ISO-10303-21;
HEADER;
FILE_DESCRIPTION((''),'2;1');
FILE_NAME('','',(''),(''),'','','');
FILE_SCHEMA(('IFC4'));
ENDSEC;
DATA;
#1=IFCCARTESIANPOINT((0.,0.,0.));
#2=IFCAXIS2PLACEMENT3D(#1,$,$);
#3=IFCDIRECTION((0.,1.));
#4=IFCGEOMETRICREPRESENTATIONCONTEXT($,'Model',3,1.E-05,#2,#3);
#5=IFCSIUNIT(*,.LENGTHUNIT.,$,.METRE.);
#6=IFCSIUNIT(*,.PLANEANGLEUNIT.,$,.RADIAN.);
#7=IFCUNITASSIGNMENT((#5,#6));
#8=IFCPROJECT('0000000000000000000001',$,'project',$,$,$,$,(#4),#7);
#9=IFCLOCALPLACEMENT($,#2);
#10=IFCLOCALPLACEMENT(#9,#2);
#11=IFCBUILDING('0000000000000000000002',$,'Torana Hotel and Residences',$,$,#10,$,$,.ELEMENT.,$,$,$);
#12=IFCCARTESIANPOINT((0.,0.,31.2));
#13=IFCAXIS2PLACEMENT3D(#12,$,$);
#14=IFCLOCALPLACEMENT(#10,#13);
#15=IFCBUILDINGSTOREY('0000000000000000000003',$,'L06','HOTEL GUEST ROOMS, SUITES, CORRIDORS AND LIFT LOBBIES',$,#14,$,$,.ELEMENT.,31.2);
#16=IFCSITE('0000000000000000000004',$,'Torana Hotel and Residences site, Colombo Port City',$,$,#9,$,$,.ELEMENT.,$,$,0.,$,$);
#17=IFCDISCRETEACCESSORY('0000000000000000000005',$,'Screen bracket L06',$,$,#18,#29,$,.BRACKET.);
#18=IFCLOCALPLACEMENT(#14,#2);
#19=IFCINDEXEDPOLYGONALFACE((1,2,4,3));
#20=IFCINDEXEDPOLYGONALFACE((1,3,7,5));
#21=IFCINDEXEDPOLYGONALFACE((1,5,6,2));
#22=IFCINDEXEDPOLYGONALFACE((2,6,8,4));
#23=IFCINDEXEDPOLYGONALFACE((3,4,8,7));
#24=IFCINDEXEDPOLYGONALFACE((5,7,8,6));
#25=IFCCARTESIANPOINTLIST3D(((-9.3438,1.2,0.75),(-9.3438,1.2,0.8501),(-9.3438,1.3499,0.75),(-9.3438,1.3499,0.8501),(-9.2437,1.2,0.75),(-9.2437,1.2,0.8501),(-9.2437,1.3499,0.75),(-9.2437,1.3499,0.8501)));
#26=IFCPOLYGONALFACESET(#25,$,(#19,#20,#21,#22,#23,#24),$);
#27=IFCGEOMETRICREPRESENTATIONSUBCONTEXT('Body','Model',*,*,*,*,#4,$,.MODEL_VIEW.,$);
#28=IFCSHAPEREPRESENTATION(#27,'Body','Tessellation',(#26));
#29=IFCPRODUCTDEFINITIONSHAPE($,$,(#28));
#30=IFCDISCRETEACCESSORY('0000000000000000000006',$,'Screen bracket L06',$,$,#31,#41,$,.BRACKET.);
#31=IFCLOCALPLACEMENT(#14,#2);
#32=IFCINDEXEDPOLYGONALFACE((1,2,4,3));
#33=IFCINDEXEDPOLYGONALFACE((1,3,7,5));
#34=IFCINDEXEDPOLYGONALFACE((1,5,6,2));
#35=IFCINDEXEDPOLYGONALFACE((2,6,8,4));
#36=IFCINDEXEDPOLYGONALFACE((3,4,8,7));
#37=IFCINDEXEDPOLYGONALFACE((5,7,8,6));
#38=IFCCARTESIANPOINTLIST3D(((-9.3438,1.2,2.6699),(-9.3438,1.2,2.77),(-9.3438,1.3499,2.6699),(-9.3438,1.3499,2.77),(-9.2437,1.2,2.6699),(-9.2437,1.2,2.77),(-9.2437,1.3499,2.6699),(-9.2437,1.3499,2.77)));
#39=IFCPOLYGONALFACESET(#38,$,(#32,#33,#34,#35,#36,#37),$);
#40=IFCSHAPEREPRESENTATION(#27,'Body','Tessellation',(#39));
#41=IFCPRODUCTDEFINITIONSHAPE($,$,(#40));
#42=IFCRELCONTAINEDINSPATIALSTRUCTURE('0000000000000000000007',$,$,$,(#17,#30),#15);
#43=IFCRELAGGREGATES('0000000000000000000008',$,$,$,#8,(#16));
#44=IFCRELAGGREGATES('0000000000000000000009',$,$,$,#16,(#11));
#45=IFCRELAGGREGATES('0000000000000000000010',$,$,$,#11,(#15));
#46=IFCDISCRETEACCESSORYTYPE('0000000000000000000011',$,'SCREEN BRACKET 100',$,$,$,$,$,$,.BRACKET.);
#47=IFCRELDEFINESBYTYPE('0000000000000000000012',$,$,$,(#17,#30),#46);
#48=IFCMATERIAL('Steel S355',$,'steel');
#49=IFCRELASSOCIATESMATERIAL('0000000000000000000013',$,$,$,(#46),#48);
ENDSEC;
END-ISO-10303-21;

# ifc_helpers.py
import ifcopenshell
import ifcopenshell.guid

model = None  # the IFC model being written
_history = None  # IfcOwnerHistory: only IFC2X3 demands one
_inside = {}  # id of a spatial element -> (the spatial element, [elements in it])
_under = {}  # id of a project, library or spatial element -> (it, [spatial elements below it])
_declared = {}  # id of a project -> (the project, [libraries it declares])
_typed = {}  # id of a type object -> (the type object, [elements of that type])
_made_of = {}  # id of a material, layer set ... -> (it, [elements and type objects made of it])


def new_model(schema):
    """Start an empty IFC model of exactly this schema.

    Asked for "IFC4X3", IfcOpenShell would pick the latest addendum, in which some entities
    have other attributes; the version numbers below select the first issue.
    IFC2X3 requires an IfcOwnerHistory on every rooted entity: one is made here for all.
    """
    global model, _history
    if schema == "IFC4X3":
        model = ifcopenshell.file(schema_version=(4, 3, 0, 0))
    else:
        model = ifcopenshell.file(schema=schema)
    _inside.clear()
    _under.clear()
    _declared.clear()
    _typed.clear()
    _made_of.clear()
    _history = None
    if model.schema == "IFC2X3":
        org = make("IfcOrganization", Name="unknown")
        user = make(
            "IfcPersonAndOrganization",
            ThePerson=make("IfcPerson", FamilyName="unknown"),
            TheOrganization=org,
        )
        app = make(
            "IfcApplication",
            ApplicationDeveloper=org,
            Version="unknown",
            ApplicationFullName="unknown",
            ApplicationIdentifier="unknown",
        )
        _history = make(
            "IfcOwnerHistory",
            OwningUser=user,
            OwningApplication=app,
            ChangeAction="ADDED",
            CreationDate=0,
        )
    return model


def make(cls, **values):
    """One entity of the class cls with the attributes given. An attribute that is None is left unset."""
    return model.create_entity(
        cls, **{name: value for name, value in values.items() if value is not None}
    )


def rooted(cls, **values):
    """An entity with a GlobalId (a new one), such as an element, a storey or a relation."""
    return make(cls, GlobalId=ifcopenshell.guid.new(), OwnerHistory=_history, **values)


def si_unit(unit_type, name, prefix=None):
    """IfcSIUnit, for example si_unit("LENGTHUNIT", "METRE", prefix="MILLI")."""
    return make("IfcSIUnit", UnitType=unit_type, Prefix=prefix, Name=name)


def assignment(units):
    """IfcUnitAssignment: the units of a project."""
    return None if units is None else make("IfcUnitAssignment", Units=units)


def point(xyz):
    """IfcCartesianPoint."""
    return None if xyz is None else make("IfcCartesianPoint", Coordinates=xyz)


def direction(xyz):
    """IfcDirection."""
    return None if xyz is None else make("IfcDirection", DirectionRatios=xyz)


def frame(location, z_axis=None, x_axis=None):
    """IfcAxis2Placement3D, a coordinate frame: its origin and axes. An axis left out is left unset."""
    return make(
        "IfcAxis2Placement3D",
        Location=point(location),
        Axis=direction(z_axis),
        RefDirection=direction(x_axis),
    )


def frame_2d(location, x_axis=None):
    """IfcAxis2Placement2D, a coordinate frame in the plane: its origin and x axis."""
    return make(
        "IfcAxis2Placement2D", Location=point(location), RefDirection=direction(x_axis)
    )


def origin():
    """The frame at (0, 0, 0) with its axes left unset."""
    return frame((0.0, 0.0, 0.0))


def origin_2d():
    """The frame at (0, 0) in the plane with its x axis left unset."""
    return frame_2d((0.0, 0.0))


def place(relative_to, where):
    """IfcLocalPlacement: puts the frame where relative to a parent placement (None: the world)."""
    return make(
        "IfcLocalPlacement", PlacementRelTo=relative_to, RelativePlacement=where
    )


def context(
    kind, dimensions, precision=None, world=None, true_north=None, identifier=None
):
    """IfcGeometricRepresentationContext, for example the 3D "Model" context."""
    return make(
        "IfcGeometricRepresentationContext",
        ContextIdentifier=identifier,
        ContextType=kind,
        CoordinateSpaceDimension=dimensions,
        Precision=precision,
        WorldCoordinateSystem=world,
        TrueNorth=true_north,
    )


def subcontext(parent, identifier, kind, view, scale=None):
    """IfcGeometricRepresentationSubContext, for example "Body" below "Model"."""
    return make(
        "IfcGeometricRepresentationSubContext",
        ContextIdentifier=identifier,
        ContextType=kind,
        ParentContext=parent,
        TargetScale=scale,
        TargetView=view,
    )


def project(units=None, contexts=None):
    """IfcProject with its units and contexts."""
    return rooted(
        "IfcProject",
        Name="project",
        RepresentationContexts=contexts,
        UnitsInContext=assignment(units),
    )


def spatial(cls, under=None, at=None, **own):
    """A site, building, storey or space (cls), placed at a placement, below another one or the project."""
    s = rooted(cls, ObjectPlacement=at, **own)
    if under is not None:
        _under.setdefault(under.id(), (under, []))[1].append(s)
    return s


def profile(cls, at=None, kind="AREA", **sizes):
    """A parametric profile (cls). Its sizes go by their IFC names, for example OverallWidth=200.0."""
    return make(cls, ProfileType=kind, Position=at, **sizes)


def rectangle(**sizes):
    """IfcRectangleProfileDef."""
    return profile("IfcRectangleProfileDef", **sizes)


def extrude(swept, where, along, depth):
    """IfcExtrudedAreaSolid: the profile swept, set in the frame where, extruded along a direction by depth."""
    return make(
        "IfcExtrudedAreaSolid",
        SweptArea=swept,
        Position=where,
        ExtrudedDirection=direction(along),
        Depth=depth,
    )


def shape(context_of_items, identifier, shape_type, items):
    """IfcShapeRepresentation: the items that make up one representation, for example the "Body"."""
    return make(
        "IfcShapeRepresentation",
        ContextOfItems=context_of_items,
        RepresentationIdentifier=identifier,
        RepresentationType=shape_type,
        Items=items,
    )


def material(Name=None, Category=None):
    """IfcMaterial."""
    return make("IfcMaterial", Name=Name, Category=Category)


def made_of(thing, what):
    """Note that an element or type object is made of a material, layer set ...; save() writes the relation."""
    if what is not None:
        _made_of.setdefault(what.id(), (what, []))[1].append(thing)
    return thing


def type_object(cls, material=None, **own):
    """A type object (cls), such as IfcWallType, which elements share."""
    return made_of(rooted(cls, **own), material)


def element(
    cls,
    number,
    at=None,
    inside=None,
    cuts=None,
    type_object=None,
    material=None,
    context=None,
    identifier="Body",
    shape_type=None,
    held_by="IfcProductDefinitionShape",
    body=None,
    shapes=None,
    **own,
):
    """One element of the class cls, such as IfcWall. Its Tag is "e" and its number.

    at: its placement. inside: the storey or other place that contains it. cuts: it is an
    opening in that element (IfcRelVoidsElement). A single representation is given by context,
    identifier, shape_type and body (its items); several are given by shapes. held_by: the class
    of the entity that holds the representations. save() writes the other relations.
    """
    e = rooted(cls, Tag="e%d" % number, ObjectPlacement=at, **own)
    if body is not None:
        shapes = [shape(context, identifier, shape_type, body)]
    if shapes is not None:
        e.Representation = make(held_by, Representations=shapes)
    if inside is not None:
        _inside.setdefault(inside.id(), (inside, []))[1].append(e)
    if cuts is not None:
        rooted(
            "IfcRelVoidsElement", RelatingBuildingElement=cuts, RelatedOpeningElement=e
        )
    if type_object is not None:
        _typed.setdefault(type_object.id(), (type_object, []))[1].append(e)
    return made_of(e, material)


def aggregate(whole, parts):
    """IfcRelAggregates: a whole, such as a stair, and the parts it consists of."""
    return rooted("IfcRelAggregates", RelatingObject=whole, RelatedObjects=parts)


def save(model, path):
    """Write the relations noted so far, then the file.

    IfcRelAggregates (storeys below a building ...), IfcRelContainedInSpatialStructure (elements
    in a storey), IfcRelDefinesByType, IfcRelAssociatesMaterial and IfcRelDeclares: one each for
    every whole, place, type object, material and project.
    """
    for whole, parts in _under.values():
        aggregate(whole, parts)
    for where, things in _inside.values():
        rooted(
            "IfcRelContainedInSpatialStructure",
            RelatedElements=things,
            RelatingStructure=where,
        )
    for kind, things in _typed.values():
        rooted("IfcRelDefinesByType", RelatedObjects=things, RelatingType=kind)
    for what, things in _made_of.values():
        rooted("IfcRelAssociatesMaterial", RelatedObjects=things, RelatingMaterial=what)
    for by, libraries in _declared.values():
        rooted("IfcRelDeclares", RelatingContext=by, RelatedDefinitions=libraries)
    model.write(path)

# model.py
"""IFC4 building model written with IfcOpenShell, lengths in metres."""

from ifc_helpers import new_model, si_unit, direction, frame, origin, origin_2d, place, context, subcontext, project, spatial, rectangle, extrude, material, type_object, element, save


model = new_model("IFC4")

# Units and contexts
model_context = context("Model", 3, precision=1e-05, world=origin(), true_north=direction((0.0, 1.0)))
body_context = subcontext(model_context, "Body", "Model", "MODEL_VIEW")
ifc_project = project(units=[si_unit("LENGTHUNIT", "METRE"), si_unit("PLANEANGLEUNIT", "RADIAN")], contexts=[model_context])

# Site, building, storey
site_placement = place(None, origin())
site = spatial("IfcSite", under=ifc_project, at=site_placement, Name="Torana Hotel and Residences site, Colombo Port City", CompositionType="ELEMENT", RefElevation=0.0)
building_placement = place(site_placement, origin())
building = spatial("IfcBuilding", under=site, at=building_placement, Name="Torana Hotel and Residences", CompositionType="ELEMENT")
storey_placement = place(building_placement, frame((0.0, 0.0, 31.2)))
storey = spatial("IfcBuildingStorey", under=building, at=storey_placement, Name="L06", Description="HOTEL GUEST ROOMS, SUITES, CORRIDORS AND LIFT LOBBIES", CompositionType="ELEMENT", Elevation=31.2)

# Discrete accessories
ifc_material_1 = material(Name="Steel S355", Category="steel")
discrete_accessory_type = type_object("IfcDiscreteAccessoryType", Name="SCREEN BRACKET 100", PredefinedType="BRACKET", material=ifc_material_1)
for number, where, z_axis, x_axis, name in (
    (1, (-9.2937, 1.2749, 0.75), (0.0, 0.0, 1.0), (-1.0, 0.0, 0.0), "Screen bracket L06"),
    (2, (-9.2937, 1.2749, 2.6699), (0.0, 0.0, 1.0), (-1.0, 0.0, 0.0), "Screen bracket L06"),
):
    element("IfcDiscreteAccessory", number, at=place(storey_placement, frame(where, z_axis=z_axis, x_axis=x_axis)), inside=storey, type_object=discrete_accessory_type, Name=name, PredefinedType="BRACKET", context=body_context, shape_type="SweptSolid", body=[
        extrude(rectangle(XDim=0.1001, YDim=0.1499, at=origin_2d()), origin(), (0.0, 0.0, 1.0), 0.1001),
    ])

save(model, "model.ifc")
